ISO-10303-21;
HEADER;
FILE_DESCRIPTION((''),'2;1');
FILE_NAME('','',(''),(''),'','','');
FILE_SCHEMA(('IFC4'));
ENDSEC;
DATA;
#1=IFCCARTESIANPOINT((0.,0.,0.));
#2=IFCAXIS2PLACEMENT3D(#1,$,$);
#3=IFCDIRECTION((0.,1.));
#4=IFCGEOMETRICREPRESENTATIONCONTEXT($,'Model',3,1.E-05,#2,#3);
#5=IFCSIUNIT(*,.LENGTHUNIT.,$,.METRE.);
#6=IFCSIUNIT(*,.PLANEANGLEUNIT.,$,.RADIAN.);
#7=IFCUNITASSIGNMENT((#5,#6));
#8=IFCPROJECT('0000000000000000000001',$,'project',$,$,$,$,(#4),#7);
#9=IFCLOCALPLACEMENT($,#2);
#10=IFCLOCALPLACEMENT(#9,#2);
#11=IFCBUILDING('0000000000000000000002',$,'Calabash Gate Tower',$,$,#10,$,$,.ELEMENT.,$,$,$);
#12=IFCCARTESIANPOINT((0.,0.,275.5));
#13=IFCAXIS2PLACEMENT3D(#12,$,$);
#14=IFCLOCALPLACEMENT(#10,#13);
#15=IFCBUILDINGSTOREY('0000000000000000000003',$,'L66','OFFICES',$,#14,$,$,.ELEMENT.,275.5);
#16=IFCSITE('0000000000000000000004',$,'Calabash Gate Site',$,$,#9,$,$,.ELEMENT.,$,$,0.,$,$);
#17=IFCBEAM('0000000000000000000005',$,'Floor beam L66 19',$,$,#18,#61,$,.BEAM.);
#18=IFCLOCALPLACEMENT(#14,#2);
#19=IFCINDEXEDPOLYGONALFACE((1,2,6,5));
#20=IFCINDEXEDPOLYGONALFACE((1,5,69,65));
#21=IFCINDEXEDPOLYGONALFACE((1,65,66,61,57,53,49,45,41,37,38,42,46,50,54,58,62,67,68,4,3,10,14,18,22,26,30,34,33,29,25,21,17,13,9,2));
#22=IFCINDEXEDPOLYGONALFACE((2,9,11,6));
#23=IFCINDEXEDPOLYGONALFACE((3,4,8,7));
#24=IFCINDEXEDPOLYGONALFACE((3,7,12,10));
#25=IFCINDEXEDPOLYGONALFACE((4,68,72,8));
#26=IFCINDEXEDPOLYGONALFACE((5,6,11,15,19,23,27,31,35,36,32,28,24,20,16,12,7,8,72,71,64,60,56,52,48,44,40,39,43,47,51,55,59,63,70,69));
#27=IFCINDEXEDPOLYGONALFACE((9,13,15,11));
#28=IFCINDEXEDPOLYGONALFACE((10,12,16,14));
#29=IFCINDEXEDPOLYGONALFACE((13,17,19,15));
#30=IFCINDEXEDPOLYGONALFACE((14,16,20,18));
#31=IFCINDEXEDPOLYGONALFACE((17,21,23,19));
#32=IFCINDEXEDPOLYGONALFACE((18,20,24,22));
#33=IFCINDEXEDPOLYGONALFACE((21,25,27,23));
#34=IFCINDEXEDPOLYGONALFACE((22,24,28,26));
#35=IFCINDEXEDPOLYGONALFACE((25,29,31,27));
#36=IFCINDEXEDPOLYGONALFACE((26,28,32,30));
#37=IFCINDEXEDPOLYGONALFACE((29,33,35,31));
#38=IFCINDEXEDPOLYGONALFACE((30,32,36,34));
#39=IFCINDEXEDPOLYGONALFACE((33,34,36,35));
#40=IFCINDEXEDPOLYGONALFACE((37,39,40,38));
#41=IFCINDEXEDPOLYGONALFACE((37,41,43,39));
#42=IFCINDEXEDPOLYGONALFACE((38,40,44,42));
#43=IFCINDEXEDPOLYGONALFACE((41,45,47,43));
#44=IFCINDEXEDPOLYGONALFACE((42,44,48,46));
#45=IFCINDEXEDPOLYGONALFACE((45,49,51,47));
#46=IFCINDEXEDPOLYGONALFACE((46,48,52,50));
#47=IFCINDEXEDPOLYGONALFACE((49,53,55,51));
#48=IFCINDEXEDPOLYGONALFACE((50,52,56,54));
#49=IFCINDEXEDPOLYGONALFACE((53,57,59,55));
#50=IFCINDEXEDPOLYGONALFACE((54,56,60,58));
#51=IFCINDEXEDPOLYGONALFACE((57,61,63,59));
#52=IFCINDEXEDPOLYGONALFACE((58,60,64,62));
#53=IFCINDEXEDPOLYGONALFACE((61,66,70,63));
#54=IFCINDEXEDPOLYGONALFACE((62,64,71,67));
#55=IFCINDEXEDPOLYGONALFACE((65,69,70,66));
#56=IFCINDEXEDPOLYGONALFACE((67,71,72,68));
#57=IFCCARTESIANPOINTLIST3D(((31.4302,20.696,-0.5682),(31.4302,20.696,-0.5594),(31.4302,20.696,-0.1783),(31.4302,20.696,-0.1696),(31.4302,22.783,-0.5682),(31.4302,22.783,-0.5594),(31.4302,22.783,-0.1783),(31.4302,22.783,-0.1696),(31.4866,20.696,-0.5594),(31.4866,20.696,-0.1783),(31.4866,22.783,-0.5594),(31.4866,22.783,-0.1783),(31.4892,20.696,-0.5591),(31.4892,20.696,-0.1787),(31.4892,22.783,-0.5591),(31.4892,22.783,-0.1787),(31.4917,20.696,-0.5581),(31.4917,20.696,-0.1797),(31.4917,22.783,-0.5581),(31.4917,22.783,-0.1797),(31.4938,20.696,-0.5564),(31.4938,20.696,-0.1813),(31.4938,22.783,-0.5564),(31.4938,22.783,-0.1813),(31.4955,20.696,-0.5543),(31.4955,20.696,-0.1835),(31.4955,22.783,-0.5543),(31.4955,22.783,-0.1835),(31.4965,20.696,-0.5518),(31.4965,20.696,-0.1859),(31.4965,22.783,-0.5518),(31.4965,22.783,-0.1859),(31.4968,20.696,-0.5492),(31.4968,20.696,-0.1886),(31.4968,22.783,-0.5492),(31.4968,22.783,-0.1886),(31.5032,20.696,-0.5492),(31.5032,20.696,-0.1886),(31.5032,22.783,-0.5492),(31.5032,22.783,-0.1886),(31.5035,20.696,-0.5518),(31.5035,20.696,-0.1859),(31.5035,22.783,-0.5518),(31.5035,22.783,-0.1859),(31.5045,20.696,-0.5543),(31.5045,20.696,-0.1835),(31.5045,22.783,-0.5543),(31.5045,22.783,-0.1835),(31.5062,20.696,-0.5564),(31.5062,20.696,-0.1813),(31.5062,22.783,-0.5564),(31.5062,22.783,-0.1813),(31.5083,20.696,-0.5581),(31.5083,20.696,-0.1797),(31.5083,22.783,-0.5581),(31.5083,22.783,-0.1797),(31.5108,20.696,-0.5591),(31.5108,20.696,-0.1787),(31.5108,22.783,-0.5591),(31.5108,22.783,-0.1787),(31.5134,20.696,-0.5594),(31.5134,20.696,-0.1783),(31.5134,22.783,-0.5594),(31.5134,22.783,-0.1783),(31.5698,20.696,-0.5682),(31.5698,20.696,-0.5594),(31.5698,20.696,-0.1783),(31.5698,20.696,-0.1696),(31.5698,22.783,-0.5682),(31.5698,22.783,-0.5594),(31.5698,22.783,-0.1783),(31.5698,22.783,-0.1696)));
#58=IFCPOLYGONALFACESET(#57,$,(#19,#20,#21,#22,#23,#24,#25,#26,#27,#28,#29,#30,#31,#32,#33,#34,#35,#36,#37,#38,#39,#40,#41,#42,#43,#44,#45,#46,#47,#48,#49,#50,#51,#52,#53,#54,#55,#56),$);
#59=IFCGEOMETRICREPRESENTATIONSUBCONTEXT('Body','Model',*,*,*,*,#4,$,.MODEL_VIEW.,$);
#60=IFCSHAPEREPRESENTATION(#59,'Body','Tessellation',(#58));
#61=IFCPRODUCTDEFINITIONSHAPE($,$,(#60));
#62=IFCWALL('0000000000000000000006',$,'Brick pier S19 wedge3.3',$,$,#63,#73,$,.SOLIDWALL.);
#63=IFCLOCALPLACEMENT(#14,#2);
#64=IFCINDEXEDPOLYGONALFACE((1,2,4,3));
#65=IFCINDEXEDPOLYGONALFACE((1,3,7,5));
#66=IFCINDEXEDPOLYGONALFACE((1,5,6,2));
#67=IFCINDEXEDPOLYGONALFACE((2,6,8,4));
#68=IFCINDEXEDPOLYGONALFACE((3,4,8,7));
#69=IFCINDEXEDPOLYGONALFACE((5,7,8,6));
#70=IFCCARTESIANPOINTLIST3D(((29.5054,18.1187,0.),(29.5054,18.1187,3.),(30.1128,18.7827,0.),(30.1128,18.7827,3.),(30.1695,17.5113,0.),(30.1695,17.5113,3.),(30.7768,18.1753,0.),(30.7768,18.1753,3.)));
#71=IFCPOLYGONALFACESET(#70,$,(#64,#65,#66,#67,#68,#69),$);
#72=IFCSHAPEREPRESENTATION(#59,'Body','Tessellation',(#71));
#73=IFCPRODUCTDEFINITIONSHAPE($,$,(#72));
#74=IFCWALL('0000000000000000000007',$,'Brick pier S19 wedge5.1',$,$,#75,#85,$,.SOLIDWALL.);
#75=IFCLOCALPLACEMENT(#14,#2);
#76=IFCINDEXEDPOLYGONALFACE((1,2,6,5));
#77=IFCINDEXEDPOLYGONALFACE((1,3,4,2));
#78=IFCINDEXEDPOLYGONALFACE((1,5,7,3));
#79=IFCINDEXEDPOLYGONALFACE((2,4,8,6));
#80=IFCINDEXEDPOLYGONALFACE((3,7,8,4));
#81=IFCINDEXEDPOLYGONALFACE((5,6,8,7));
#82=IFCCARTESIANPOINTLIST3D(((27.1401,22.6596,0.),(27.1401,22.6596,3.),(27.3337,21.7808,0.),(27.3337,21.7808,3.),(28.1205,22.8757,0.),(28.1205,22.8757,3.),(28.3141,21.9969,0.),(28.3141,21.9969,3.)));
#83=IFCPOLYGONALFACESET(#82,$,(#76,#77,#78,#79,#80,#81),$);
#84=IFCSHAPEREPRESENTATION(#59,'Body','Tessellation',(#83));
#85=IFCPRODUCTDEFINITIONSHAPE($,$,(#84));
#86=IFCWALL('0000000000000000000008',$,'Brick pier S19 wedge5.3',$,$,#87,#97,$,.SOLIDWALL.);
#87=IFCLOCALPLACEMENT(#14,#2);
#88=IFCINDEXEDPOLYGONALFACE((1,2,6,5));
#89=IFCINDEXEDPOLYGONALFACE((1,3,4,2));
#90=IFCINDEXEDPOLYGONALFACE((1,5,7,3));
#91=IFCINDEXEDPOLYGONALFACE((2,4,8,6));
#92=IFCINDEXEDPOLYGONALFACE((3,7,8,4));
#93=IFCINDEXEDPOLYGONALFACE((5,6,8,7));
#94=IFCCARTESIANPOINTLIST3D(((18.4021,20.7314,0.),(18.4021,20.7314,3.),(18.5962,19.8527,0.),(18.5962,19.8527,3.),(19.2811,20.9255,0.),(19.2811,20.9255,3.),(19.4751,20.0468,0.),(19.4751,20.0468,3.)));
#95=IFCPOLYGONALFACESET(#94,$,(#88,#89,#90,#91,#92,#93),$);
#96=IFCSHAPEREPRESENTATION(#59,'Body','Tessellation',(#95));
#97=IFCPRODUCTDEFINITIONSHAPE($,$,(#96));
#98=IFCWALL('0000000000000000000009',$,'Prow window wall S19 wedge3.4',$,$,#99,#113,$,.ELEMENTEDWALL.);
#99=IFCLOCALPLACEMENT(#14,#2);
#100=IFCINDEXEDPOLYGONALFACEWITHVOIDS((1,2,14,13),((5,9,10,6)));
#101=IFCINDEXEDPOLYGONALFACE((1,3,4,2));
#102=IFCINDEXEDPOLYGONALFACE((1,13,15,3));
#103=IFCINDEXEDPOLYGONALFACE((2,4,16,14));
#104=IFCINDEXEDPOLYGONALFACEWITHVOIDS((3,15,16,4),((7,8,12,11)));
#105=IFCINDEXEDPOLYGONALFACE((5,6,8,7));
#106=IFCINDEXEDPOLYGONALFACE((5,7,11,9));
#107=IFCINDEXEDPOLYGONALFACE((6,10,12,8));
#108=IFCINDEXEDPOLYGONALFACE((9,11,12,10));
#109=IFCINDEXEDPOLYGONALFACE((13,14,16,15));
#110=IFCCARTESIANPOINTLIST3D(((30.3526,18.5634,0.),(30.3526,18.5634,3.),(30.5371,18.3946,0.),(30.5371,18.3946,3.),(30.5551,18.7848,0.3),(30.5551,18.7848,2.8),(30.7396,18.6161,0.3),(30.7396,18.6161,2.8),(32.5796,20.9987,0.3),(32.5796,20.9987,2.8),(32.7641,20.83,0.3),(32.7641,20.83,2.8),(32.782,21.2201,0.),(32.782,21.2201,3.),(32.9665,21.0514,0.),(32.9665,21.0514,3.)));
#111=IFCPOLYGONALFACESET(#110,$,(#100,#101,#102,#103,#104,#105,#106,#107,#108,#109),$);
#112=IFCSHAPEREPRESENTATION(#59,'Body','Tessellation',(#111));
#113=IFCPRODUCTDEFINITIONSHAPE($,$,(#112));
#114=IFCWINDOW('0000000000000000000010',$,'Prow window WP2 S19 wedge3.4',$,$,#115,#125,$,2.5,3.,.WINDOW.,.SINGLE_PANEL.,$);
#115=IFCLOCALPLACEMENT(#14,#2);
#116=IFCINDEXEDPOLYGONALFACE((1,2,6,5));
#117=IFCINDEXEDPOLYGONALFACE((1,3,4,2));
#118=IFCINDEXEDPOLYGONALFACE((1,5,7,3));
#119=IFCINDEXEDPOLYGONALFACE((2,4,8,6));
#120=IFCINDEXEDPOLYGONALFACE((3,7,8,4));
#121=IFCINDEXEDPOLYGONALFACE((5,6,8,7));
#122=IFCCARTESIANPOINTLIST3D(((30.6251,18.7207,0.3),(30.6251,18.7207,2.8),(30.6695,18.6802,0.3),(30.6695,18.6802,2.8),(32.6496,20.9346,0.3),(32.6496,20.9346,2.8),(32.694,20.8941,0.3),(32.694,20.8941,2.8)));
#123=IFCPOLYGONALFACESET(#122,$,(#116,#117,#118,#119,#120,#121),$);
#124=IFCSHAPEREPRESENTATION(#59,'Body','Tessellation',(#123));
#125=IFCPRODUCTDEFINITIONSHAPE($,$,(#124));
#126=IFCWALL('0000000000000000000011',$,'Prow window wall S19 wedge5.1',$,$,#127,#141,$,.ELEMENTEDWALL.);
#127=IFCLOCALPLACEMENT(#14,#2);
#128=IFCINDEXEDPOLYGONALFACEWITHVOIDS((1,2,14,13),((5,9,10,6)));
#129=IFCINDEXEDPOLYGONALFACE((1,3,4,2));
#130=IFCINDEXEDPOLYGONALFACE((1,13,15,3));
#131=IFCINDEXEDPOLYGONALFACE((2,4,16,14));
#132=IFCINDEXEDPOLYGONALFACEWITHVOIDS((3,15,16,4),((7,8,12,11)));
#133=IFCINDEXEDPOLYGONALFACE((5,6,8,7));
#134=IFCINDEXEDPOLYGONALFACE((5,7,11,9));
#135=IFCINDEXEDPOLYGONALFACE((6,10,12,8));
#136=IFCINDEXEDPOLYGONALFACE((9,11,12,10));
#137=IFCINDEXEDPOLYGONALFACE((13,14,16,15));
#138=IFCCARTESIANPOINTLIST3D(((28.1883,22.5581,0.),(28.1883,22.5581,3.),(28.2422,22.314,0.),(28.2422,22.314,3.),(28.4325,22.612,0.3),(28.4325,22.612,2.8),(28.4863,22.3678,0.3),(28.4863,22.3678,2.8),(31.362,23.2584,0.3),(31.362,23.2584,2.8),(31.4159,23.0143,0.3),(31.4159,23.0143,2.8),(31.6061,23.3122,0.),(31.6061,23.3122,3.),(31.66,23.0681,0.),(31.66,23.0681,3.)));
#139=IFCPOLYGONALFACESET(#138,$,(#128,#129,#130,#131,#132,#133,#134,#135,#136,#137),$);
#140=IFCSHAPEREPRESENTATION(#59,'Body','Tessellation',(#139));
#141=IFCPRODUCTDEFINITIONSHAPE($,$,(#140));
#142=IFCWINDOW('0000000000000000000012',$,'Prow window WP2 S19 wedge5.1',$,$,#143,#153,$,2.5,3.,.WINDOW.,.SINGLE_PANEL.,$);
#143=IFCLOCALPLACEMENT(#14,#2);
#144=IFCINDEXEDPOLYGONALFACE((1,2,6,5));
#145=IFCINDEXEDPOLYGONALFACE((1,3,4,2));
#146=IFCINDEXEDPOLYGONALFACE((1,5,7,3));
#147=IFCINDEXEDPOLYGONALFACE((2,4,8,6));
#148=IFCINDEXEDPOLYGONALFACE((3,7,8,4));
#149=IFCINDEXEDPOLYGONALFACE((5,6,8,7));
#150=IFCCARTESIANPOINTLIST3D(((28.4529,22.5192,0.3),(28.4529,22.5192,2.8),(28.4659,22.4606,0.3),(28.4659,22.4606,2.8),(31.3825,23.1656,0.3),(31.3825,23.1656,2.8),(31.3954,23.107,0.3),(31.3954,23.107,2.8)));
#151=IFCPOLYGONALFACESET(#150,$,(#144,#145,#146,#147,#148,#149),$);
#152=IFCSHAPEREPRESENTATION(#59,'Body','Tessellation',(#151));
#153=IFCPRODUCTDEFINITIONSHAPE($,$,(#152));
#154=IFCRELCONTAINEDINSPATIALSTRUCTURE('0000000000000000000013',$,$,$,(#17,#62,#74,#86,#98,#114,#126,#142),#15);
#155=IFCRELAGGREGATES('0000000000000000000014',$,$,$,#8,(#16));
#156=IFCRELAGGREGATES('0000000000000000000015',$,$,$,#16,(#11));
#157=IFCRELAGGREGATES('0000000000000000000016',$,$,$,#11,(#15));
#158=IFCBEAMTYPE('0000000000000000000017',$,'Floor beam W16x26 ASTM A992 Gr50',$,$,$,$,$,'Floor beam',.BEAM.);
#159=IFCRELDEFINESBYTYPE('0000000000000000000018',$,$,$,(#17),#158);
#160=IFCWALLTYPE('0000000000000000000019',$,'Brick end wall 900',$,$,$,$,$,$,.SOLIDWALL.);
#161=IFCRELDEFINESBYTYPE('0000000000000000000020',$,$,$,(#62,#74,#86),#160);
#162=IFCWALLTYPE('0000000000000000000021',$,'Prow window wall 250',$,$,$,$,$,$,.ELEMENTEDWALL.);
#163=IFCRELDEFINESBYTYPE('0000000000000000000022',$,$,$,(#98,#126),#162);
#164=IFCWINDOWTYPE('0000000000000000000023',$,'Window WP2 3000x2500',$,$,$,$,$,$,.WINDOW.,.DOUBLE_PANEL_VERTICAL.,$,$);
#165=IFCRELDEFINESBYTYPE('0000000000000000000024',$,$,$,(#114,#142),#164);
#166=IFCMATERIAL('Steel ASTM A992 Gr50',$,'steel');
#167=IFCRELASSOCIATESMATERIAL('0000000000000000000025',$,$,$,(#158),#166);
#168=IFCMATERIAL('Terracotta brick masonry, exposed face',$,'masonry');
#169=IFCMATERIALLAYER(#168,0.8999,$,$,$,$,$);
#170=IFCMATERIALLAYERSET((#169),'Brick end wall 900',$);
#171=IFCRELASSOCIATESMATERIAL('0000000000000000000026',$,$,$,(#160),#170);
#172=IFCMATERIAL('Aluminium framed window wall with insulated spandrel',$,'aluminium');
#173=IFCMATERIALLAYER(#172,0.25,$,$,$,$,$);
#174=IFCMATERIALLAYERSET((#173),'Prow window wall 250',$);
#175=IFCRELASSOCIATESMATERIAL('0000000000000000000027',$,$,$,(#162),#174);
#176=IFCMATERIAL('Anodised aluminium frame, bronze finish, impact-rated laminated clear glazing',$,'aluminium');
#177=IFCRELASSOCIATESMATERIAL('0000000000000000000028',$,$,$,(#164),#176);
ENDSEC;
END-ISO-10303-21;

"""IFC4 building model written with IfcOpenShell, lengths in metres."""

from ifc_helpers import new_model, si_unit, direction, frame, frame_2d, origin, origin_2d, place, context, subcontext, project, spatial, rectangle, i_section, extrude, material, layer, layer_set, material_profile, profile_set, type_object, element, fill, save


model = new_model("IFC4")

# Units and contexts
model_context = context("Model", 3, precision=1e-05, world=origin(), true_north=direction((0.0, 1.0)))
body_context = subcontext(model_context, "Body", "Model", "MODEL_VIEW")
ifc_project = project(units=[si_unit("LENGTHUNIT", "METRE"), si_unit("PLANEANGLEUNIT", "RADIAN")], contexts=[model_context])

# Site, building, storey
site_placement = place(None, origin())
site = spatial("IfcSite", under=ifc_project, at=site_placement, Name="Calabash Gate Site", CompositionType="ELEMENT", RefElevation=0.0)
building_placement = place(site_placement, origin())
building = spatial("IfcBuilding", under=site, at=building_placement, Name="Calabash Gate Tower", CompositionType="ELEMENT")
storey_placement = place(building_placement, frame((0.0, 0.0, 275.5)))
storey = spatial("IfcBuildingStorey", under=building, at=storey_placement, Name="L66", Description="OFFICES", CompositionType="ELEMENT", Elevation=275.5)

# Beam
ifc_material_1 = material(Name="Steel ASTM A992 Gr50", Category="steel")
ifc_material_profile_1 = material_profile(ifc_material_1, i_section(OverallWidth=0.1396, OverallDepth=0.3987, WebThickness=0.0063, FlangeThickness=0.0088, FilletRadius=0.0103, at=origin_2d()))
ifc_profile_set_1 = profile_set([ifc_material_profile_1], Name="Steel ASTM A992 Gr50")
beam_type_1 = type_object("IfcBeamType", Name="Floor beam W16x26 ASTM A992 Gr50", ElementType="Floor beam", PredefinedType="BEAM", material=ifc_profile_set_1)
beam_1_placement = place(storey_placement, frame((31.5, 20.696, -0.3689), z_axis=(0.0, 1.0, 0.0), x_axis=(-1.0, 0.0, 0.0)))
element("IfcBeam", 1, at=beam_1_placement, inside=storey, type_object=beam_type_1, Name="Floor beam L66 19", PredefinedType="BEAM", context=body_context, shape_type="SweptSolid", body=[
    extrude(i_section(OverallWidth=0.1396, OverallDepth=0.3987, WebThickness=0.0063, FlangeThickness=0.0088, FilletRadius=0.0103, at=origin_2d()), origin(), (0.0, 0.0, 1.0), 2.0869),
])

# Walls
ifc_material_2 = material(Name="Terracotta brick masonry, exposed face", Category="masonry")
ifc_layer_1 = layer(ifc_material_2, 0.8999)
ifc_layer_set_1 = layer_set([ifc_layer_1], Name="Brick end wall 900")
wall_type_1 = type_object("IfcWallType", Name="Brick end wall 900", PredefinedType="SOLIDWALL", material=ifc_layer_set_1)
wall_1_placement = place(storey_placement, frame((30.4448, 18.479, 0.0), z_axis=(0.0, 0.0, 1.0), x_axis=(-0.674938, -0.737874, 0.0)))
element("IfcWall", 2, at=wall_1_placement, inside=storey, type_object=wall_type_1, Name="Brick pier S19 wedge3.3", PredefinedType="SOLIDWALL", context=body_context, shape_type="SweptSolid", body=[
    extrude(rectangle(XDim=0.8999, YDim=0.8999, at=frame_2d((0.45, 0.0))), origin(), (0.0, 0.0, 1.0), 3.0),
])
wall_2_placement = place(storey_placement, frame((28.2173, 22.4363, 0.0), z_axis=(0.0, 0.0, 1.0), x_axis=(-0.976569, -0.215205, 0.0)))
element("IfcWall", 3, at=wall_2_placement, inside=storey, type_object=wall_type_1, Name="Brick pier S19 wedge5.1", PredefinedType="SOLIDWALL", context=body_context, shape_type="SweptSolid", body=[
    extrude(rectangle(XDim=1.0039, YDim=0.8999, at=frame_2d((0.502, 0.0))), origin(), (0.0, 0.0, 1.0), 3.0),
])
wall_3_placement = place(storey_placement, frame((18.499, 20.292, 0.0), z_axis=(0.0, 0.0, 1.0), x_axis=(0.976473, 0.215638, 0.0)))
element("IfcWall", 4, at=wall_3_placement, inside=storey, type_object=wall_type_1, Name="Brick pier S19 wedge5.3", PredefinedType="SOLIDWALL", context=body_context, shape_type="SweptSolid", body=[
    extrude(rectangle(XDim=0.9001, YDim=0.8999, at=frame_2d((0.4502, 0.0))), origin(), (0.0, 0.0, 1.0), 3.0),
])

# Walls, openings, windows
ifc_material_3 = material(Name="Aluminium framed window wall with insulated spandrel", Category="aluminium")
ifc_layer_2 = layer(ifc_material_3, 0.25)
ifc_layer_set_2 = layer_set([ifc_layer_2], Name="Prow window wall 250")
wall_type_2 = type_object("IfcWallType", Name="Prow window wall 250", PredefinedType="ELEMENTEDWALL", material=ifc_layer_set_2)
wall_4_placement = place(storey_placement, frame((30.4448, 18.479, 0.0), z_axis=(0.0, 0.0, 1.0), x_axis=(0.674834, 0.73797, 0.0)))
wall_4 = element("IfcWall", 5, at=wall_4_placement, inside=storey, type_object=wall_type_2, Name="Prow window wall S19 wedge3.4", PredefinedType="ELEMENTEDWALL", context=body_context, shape_type="SweptSolid", body=[
    extrude(rectangle(XDim=3.6001, YDim=0.25, at=frame_2d((1.8, 0.0))), origin(), (0.0, 0.0, 1.0), 3.0),
])
opening_1_placement = place(wall_4_placement, frame((0.3, 0.0, 0.3)))
opening_1 = element("IfcOpeningElement", 6, at=opening_1_placement, cuts=wall_4, PredefinedType="OPENING", context=body_context, shape_type="SweptSolid", body=[
    extrude(rectangle(XDim=3.0, YDim=2.5, at=frame_2d((1.5, 1.25))), frame((0.0, 0.135, 0.0), z_axis=(0.0, -1.0, 0.0), x_axis=(1.0, 0.0, 0.0)), (0.0, 0.0, 1.0), 0.27),
])
ifc_material_4 = material(Name="Anodised aluminium frame, bronze finish, impact-rated laminated clear glazing", Category="aluminium")
window_type = type_object("IfcWindowType", Name="Window WP2 3000x2500", PartitioningType="DOUBLE_PANEL_VERTICAL", PredefinedType="WINDOW", material=ifc_material_4)
window_1_placement = place(opening_1_placement, origin())
window_1 = element("IfcWindow", 7, at=window_1_placement, inside=storey, type_object=window_type, Name="Prow window WP2 S19 wedge3.4", OverallHeight=2.5, OverallWidth=3.0, PartitioningType="SINGLE_PANEL", PredefinedType="WINDOW", context=body_context, shape_type="SweptSolid", body=[
    extrude(rectangle(XDim=3.0, YDim=2.5, at=frame_2d((1.5, 1.25))), frame((0.0, 0.03, 0.0), z_axis=(0.0, -1.0, 0.0), x_axis=(1.0, 0.0, 0.0)), (0.0, 0.0, 1.0), 0.0601),
])
fill(opening_1, window_1)
wall_5_placement = place(storey_placement, frame((31.6331, 23.1902, 0.0), z_axis=(0.0, 0.0, 1.0), x_axis=(-0.976509, -0.215475, 0.0)))
wall_5 = element("IfcWall", 8, at=wall_5_placement, inside=storey, type_object=wall_type_2, Name="Prow window wall S19 wedge5.1", PredefinedType="ELEMENTEDWALL", context=body_context, shape_type="SweptSolid", body=[
    extrude(rectangle(XDim=3.5, YDim=0.25, at=frame_2d((1.75, 0.0))), origin(), (0.0, 0.0, 1.0), 3.0),
])
opening_2_placement = place(wall_5_placement, frame((0.25, 0.0, 0.3)))
opening_2 = element("IfcOpeningElement", 9, at=opening_2_placement, cuts=wall_5, PredefinedType="OPENING", context=body_context, shape_type="SweptSolid", body=[
    extrude(rectangle(XDim=3.0, YDim=2.5, at=frame_2d((1.5, 1.25))), frame((0.0, 0.135, 0.0), z_axis=(0.0, -1.0, 0.0), x_axis=(1.0, 0.0, 0.0)), (0.0, 0.0, 1.0), 0.27),
])
window_2_placement = place(opening_2_placement, origin())
window_2 = element("IfcWindow", 10, at=window_2_placement, inside=storey, type_object=window_type, Name="Prow window WP2 S19 wedge5.1", OverallHeight=2.5, OverallWidth=3.0, PartitioningType="SINGLE_PANEL", PredefinedType="WINDOW", context=body_context, shape_type="SweptSolid", body=[
    extrude(rectangle(XDim=3.0, YDim=2.5, at=frame_2d((1.5, 1.25))), frame((0.0, 0.03, 0.0), z_axis=(0.0, -1.0, 0.0), x_axis=(1.0, 0.0, 0.0)), (0.0, 0.0, 1.0), 0.0601),
])
fill(opening_2, window_2)

save(model, "model.ifc")
